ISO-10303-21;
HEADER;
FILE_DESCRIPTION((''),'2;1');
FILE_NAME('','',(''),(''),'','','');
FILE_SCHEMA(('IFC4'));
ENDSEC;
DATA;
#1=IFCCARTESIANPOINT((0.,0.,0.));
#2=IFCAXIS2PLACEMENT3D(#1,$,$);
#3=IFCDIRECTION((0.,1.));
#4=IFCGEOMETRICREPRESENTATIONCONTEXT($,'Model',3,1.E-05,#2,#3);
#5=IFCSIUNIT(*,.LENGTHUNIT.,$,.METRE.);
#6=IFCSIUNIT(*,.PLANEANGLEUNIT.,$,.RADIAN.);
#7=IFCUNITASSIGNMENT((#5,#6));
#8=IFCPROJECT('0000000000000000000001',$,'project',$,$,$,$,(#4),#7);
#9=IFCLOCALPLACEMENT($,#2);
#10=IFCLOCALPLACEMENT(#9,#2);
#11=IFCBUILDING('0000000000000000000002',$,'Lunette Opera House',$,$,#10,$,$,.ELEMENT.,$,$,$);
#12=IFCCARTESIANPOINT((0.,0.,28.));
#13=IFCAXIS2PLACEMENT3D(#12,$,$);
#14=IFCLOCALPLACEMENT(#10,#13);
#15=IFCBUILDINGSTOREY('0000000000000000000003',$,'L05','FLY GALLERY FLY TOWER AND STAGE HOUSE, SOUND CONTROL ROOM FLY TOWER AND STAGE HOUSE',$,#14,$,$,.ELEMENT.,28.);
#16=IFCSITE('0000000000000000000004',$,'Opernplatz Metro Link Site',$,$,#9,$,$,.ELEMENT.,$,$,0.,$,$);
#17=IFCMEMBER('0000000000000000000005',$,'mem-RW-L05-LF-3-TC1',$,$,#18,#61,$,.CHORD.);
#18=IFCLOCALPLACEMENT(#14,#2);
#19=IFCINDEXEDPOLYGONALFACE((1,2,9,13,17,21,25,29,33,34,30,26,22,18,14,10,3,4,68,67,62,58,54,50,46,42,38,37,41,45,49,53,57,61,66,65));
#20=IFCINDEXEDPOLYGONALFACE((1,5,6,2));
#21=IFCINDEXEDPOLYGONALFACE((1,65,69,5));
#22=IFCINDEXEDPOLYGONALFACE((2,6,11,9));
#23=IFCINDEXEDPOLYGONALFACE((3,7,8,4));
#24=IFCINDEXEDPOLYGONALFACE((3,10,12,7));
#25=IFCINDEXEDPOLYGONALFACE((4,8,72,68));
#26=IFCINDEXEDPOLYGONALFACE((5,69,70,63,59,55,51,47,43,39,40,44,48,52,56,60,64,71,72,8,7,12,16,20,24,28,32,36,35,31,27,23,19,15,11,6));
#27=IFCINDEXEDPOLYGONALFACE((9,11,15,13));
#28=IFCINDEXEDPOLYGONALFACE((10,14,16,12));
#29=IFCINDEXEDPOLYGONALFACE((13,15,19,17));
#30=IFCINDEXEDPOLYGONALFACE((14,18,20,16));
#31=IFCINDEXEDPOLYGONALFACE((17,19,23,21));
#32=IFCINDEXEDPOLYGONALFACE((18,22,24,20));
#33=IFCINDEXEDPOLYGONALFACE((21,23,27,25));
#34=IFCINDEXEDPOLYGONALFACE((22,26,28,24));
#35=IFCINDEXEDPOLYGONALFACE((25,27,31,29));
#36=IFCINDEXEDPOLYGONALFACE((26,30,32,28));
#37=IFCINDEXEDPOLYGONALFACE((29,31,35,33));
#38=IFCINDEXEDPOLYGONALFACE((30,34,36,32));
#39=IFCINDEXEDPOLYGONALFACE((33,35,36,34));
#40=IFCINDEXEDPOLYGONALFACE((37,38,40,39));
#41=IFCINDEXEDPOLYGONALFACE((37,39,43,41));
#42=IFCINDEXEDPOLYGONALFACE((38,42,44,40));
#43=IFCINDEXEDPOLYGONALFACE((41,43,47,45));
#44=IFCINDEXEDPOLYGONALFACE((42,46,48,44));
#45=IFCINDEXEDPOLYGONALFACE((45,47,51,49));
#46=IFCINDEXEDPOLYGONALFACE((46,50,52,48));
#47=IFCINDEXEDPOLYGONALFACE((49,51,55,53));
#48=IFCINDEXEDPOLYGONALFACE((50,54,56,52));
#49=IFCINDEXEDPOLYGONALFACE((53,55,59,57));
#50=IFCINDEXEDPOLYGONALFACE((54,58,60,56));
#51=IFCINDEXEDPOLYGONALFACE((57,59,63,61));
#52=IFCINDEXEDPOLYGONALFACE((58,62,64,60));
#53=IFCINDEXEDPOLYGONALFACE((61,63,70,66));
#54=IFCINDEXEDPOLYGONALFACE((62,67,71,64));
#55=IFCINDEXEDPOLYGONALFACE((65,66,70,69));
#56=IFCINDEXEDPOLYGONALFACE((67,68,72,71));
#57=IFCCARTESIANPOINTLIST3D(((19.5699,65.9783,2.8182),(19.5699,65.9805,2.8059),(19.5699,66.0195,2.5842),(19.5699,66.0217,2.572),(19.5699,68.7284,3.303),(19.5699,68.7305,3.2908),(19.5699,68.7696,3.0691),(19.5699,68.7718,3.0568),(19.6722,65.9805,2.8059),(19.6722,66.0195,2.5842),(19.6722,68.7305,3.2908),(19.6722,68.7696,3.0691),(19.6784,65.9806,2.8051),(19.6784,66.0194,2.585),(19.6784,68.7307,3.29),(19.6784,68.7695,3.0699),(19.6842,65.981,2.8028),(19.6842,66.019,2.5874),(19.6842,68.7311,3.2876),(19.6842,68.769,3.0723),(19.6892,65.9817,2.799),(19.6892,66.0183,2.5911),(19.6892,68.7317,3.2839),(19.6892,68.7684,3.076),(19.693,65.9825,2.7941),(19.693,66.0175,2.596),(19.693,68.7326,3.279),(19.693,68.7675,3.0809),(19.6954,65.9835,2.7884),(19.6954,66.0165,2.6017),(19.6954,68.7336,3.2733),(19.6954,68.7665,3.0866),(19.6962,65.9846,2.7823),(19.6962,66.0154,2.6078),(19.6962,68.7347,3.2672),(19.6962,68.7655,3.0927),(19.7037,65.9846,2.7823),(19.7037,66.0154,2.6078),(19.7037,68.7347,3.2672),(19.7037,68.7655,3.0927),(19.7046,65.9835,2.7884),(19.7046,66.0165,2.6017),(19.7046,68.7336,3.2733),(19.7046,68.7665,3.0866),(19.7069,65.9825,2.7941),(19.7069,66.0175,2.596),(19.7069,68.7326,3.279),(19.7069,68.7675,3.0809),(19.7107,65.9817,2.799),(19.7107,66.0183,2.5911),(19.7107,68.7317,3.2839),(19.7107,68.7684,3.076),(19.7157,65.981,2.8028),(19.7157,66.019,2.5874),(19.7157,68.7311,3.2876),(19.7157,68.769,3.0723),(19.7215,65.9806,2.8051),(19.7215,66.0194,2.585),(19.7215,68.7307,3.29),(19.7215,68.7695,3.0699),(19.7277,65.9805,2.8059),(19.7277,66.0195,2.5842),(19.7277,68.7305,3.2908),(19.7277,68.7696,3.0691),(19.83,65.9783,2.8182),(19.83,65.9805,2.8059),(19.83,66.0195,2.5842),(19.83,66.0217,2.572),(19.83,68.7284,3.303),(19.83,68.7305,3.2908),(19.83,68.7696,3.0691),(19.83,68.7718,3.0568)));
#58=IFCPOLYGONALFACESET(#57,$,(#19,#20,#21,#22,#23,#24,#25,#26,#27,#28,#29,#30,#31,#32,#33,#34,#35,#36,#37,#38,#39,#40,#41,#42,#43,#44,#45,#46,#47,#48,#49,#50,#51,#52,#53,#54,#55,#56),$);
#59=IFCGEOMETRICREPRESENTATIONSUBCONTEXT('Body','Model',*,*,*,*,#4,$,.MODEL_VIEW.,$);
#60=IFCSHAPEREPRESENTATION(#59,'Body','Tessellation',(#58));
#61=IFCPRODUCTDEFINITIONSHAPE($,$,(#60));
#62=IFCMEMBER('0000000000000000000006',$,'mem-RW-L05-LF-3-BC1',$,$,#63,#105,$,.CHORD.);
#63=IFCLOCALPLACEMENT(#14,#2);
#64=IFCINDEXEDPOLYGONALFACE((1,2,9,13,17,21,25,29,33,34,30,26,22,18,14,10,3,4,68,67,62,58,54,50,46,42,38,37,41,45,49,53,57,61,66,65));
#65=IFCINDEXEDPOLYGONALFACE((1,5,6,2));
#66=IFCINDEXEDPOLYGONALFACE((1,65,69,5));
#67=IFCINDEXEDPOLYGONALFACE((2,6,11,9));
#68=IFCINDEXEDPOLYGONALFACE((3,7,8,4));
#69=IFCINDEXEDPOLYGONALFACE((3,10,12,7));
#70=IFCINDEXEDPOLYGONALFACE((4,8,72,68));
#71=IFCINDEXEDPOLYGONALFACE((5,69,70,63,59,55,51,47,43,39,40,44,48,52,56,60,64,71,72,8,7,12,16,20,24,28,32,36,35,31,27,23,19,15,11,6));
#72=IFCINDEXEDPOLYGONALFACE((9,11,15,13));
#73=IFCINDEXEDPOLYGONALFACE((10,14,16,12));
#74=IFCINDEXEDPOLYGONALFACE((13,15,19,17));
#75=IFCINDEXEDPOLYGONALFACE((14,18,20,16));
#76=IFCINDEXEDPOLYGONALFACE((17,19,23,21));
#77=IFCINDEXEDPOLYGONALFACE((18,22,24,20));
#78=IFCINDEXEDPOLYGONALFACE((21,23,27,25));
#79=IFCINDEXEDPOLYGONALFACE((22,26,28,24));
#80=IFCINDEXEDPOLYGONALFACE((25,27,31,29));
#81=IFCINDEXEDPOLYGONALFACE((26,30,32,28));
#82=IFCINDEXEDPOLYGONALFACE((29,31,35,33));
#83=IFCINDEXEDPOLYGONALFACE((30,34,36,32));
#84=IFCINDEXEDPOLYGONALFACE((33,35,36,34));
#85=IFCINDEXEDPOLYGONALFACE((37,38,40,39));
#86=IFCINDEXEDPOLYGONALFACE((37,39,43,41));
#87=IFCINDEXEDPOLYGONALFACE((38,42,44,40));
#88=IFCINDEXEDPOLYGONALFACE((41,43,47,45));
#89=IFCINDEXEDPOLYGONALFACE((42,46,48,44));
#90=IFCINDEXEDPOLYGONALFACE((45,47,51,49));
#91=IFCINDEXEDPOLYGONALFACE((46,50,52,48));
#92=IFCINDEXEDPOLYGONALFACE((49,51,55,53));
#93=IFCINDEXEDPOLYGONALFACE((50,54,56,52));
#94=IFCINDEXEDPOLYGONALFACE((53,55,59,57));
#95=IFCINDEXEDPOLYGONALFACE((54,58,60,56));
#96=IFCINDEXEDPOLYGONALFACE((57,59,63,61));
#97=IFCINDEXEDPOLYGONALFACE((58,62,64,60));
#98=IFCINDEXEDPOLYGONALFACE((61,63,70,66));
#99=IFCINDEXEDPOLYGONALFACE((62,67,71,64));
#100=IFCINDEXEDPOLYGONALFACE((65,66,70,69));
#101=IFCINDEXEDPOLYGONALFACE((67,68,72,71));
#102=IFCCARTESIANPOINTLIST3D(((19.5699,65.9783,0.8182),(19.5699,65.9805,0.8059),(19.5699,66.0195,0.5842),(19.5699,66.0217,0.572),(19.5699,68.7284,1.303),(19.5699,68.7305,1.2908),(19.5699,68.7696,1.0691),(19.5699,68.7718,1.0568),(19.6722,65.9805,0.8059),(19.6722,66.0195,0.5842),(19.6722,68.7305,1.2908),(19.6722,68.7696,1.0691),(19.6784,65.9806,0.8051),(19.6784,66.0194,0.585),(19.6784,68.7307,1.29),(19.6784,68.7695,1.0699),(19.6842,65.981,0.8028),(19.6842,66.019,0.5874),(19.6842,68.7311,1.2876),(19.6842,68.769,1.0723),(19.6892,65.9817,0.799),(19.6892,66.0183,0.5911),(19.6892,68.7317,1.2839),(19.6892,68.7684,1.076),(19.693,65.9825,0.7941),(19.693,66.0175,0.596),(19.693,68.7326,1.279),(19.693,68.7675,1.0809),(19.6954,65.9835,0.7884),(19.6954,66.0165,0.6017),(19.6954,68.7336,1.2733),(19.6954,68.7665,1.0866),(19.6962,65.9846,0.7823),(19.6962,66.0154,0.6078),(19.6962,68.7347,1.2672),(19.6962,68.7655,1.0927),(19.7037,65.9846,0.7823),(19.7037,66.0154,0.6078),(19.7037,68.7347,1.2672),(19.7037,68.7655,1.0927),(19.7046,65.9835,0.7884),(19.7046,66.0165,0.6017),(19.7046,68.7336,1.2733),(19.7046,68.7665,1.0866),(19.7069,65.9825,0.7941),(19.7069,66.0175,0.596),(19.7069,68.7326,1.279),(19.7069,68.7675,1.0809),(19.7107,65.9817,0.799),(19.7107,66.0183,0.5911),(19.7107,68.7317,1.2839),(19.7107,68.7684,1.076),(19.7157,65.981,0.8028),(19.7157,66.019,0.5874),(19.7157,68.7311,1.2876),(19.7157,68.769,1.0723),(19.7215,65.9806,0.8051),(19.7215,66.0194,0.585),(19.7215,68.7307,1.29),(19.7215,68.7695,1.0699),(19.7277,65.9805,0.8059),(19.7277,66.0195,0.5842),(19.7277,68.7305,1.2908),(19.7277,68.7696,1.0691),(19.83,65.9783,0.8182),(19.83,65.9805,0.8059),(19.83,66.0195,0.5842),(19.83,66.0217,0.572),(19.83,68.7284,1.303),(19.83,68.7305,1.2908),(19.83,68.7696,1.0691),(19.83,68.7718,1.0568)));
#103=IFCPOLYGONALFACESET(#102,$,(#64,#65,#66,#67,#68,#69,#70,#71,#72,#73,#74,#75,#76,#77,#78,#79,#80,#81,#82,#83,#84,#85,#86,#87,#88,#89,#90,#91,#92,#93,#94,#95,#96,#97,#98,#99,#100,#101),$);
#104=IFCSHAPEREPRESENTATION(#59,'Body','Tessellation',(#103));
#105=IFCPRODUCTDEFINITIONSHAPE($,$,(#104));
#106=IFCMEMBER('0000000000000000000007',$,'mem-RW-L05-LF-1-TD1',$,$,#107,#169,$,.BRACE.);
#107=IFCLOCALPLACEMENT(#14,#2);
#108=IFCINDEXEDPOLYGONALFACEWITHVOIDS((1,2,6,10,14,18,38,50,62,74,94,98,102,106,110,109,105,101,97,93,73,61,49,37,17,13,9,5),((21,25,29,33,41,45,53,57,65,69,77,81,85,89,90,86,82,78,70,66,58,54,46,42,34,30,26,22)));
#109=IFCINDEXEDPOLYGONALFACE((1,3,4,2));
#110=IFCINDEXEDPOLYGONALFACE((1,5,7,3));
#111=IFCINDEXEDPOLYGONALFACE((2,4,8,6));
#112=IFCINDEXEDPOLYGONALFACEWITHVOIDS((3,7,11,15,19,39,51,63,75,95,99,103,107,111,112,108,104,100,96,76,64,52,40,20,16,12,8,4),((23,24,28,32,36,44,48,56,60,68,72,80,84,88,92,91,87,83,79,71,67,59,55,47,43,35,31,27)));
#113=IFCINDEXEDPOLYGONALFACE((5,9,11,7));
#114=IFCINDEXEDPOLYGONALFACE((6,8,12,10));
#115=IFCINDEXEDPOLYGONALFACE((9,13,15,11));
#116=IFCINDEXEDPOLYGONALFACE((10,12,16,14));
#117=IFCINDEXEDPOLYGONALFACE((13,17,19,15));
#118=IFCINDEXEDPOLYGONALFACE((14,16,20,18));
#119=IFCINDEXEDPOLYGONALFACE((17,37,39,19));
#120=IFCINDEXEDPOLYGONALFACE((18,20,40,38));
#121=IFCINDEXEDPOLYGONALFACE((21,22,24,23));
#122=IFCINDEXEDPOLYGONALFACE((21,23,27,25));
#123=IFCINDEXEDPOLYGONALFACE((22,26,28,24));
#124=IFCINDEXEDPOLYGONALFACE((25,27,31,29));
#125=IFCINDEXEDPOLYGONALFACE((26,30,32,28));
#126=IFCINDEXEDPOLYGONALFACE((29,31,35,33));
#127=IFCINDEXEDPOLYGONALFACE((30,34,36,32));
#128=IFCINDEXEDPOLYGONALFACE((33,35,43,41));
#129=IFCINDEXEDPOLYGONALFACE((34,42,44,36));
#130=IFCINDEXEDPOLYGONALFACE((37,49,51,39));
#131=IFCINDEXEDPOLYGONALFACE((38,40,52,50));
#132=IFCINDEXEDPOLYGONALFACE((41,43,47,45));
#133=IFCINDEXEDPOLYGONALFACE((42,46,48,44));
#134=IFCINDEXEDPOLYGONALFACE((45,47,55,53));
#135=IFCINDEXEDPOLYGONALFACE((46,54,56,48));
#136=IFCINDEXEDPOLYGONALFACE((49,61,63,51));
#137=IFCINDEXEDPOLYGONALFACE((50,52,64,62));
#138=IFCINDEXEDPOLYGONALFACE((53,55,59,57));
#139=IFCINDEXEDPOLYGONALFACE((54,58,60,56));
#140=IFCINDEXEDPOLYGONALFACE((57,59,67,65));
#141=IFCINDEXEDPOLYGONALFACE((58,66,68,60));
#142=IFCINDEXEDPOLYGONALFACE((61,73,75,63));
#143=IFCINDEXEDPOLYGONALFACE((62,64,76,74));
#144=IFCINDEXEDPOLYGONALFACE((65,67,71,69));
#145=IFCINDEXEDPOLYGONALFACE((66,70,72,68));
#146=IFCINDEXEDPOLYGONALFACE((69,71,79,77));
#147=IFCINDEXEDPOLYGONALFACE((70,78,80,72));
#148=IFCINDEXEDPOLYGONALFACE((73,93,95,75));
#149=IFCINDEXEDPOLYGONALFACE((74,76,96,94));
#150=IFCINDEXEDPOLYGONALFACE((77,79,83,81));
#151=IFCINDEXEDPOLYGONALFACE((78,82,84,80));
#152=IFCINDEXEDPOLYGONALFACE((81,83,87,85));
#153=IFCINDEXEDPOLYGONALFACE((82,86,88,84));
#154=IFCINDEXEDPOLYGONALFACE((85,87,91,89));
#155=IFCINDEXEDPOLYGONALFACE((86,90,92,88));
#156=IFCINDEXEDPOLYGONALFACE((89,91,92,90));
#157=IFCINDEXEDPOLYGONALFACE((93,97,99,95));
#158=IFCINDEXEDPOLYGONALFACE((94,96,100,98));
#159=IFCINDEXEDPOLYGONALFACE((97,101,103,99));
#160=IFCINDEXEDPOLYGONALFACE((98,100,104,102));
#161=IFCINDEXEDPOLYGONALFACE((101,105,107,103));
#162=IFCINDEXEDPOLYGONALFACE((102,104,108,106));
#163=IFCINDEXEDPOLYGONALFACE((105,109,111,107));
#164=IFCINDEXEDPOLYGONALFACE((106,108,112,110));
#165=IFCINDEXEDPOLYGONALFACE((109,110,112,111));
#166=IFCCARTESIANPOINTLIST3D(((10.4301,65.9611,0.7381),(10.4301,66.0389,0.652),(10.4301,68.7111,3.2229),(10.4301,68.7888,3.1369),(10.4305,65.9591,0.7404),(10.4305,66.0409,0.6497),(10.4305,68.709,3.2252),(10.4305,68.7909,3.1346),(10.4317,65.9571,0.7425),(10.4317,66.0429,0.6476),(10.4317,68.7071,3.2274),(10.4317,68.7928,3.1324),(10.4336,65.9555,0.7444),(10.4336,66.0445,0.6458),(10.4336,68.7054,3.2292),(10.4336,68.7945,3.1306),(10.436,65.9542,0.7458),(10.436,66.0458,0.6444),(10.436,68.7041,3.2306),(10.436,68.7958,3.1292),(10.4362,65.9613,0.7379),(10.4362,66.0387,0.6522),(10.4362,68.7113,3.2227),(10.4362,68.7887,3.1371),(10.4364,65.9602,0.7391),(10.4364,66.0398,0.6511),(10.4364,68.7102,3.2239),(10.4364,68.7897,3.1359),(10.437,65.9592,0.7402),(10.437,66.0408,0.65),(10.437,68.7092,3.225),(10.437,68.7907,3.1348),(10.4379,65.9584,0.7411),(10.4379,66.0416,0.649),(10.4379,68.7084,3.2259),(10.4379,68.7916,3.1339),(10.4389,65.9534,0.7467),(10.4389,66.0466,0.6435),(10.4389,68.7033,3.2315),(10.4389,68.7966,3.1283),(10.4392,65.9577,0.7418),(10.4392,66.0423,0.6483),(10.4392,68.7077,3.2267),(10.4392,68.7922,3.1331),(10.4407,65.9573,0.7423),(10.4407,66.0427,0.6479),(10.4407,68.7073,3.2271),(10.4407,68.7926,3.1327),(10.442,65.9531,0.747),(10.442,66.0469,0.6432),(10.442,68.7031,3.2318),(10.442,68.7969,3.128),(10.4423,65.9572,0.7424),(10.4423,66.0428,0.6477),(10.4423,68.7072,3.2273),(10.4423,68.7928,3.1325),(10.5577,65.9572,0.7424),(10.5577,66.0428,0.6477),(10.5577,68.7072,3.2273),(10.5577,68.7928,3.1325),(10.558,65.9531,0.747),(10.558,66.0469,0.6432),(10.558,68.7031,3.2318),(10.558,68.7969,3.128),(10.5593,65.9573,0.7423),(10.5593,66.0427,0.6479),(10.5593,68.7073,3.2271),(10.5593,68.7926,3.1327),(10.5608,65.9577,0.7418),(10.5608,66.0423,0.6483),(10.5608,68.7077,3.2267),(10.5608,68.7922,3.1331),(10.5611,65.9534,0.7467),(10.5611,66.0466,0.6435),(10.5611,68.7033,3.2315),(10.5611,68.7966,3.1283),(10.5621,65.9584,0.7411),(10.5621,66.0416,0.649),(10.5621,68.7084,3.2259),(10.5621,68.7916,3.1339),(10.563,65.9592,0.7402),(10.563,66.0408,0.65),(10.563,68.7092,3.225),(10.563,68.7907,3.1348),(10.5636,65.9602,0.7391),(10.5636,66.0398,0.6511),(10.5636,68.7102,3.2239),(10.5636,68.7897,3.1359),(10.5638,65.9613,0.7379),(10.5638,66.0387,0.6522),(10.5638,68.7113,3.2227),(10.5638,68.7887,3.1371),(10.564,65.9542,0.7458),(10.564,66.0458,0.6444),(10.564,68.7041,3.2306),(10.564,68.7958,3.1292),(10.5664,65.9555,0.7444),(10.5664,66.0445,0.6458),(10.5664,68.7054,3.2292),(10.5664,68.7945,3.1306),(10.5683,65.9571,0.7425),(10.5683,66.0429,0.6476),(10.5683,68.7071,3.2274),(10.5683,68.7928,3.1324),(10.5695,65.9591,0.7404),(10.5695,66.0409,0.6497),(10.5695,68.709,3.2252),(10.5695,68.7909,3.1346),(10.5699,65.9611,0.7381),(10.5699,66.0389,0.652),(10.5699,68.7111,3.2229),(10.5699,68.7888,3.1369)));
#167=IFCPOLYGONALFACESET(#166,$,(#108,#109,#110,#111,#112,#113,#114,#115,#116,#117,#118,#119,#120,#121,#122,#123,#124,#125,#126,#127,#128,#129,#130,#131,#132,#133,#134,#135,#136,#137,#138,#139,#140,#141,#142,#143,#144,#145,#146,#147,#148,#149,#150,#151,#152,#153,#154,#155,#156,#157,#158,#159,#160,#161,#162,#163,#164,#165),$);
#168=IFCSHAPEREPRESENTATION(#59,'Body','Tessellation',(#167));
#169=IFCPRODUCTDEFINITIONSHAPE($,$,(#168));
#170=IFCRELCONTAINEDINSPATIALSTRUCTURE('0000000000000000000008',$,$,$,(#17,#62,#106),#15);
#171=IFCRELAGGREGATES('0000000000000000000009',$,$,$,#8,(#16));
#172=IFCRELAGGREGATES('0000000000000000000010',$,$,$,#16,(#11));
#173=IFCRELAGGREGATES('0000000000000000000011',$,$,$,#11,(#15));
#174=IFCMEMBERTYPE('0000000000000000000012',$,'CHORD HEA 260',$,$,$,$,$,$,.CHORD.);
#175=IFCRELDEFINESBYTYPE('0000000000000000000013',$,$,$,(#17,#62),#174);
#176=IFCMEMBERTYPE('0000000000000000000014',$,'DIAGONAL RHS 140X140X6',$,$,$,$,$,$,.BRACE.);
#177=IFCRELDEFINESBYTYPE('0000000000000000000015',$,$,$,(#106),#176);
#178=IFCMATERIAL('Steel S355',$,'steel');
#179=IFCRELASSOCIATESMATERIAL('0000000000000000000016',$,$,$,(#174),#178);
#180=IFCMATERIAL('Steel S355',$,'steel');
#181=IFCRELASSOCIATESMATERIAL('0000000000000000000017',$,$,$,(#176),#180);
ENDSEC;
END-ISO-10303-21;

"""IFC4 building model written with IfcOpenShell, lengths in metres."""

from ifc_helpers import new_model, si_unit, direction, frame, origin, origin_2d, place, context, subcontext, project, spatial, hollow_rectangle, i_section, extrude, material, material_profile, profile_set, type_object, element, save


model = new_model("IFC4")

# Units and contexts
model_context = context("Model", 3, precision=1e-05, world=origin(), true_north=direction((0.0, 1.0)))
body_context = subcontext(model_context, "Body", "Model", "MODEL_VIEW")
ifc_project = project(units=[si_unit("LENGTHUNIT", "METRE"), si_unit("PLANEANGLEUNIT", "RADIAN")], contexts=[model_context])

# Site, building, storey
site_placement = place(None, origin())
site = spatial("IfcSite", under=ifc_project, at=site_placement, Name="Opernplatz Metro Link Site", CompositionType="ELEMENT", RefElevation=0.0)
building_placement = place(site_placement, origin())
building = spatial("IfcBuilding", under=site, at=building_placement, Name="Lunette Opera House", CompositionType="ELEMENT")
storey_placement = place(building_placement, frame((0.0, 0.0, 28.0)))
storey = spatial("IfcBuildingStorey", under=building, at=storey_placement, Name="L05", Description="FLY GALLERY FLY TOWER AND STAGE HOUSE, SOUND CONTROL ROOM FLY TOWER AND STAGE HOUSE", CompositionType="ELEMENT", Elevation=28.0)

# Members
ifc_material_1 = material(Name="Steel S355", Category="steel")
ifc_material_profile_1 = material_profile(ifc_material_1, i_section(OverallWidth=0.26, OverallDepth=0.25, WebThickness=0.0076, FlangeThickness=0.0125, FilletRadius=0.0239, at=origin_2d()), Name="HEA 260")
ifc_profile_set_1 = profile_set([ifc_material_profile_1], Name="Steel S355")
member_type_1 = type_object("IfcMemberType", Name="CHORD HEA 260", PredefinedType="CHORD", material=ifc_profile_set_1)
for number, where, z_axis, x_axis, name in (
    (1, (19.7, 66.0, 2.6951), (0.0, 0.98481, 0.173636), (-1.0, 0.0, 0.0), "mem-RW-L05-LF-3-TC1"),
    (2, (19.7, 66.0, 0.6951), (0.0, 0.98481, 0.173636), (-1.0, 0.0, 0.0), "mem-RW-L05-LF-3-BC1"),
):
    element("IfcMember", number, at=place(storey_placement, frame(where, z_axis=z_axis, x_axis=x_axis)), inside=storey, type_object=member_type_1, Name=name, PredefinedType="CHORD", context=body_context, shape_type="SweptSolid", body=[
        extrude(i_section(OverallWidth=0.26, OverallDepth=0.25, WebThickness=0.0076, FlangeThickness=0.0125, FilletRadius=0.0239, at=origin_2d()), origin(), (0.0, 0.0, 1.0), 2.7925),
    ])
ifc_material_2 = material(Name="Steel S355", Category="steel")
ifc_material_profile_2 = material_profile(ifc_material_2, hollow_rectangle(XDim=0.1399, YDim=0.1399, WallThickness=0.0061, InnerFilletRadius=0.0061, OuterFilletRadius=0.012, at=origin_2d()), Name="RHS 140X140X6")
ifc_profile_set_2 = profile_set([ifc_material_profile_2], Name="Steel S355")
member_type_2 = type_object("IfcMemberType", Name="DIAGONAL RHS 140X140X6", PredefinedType="BRACE", material=ifc_profile_set_2)
for number, where, z_axis, x_axis, name in (
    (3, (10.5, 66.0, 0.6951), (0.0, 0.741969, 0.670434), (-1.0, 0.0, 0.0), "mem-RW-L05-LF-1-TD1"),
):
    element("IfcMember", number, at=place(storey_placement, frame(where, z_axis=z_axis, x_axis=x_axis)), inside=storey, type_object=member_type_2, Name=name, PredefinedType="BRACE", context=body_context, shape_type="SweptSolid", body=[
        extrude(hollow_rectangle(XDim=0.1399, YDim=0.1399, WallThickness=0.0061, InnerFilletRadius=0.0061, OuterFilletRadius=0.012, at=origin_2d()), origin(), (0.0, 0.0, 1.0), 3.7063),
    ])

save(model, "model.ifc")
